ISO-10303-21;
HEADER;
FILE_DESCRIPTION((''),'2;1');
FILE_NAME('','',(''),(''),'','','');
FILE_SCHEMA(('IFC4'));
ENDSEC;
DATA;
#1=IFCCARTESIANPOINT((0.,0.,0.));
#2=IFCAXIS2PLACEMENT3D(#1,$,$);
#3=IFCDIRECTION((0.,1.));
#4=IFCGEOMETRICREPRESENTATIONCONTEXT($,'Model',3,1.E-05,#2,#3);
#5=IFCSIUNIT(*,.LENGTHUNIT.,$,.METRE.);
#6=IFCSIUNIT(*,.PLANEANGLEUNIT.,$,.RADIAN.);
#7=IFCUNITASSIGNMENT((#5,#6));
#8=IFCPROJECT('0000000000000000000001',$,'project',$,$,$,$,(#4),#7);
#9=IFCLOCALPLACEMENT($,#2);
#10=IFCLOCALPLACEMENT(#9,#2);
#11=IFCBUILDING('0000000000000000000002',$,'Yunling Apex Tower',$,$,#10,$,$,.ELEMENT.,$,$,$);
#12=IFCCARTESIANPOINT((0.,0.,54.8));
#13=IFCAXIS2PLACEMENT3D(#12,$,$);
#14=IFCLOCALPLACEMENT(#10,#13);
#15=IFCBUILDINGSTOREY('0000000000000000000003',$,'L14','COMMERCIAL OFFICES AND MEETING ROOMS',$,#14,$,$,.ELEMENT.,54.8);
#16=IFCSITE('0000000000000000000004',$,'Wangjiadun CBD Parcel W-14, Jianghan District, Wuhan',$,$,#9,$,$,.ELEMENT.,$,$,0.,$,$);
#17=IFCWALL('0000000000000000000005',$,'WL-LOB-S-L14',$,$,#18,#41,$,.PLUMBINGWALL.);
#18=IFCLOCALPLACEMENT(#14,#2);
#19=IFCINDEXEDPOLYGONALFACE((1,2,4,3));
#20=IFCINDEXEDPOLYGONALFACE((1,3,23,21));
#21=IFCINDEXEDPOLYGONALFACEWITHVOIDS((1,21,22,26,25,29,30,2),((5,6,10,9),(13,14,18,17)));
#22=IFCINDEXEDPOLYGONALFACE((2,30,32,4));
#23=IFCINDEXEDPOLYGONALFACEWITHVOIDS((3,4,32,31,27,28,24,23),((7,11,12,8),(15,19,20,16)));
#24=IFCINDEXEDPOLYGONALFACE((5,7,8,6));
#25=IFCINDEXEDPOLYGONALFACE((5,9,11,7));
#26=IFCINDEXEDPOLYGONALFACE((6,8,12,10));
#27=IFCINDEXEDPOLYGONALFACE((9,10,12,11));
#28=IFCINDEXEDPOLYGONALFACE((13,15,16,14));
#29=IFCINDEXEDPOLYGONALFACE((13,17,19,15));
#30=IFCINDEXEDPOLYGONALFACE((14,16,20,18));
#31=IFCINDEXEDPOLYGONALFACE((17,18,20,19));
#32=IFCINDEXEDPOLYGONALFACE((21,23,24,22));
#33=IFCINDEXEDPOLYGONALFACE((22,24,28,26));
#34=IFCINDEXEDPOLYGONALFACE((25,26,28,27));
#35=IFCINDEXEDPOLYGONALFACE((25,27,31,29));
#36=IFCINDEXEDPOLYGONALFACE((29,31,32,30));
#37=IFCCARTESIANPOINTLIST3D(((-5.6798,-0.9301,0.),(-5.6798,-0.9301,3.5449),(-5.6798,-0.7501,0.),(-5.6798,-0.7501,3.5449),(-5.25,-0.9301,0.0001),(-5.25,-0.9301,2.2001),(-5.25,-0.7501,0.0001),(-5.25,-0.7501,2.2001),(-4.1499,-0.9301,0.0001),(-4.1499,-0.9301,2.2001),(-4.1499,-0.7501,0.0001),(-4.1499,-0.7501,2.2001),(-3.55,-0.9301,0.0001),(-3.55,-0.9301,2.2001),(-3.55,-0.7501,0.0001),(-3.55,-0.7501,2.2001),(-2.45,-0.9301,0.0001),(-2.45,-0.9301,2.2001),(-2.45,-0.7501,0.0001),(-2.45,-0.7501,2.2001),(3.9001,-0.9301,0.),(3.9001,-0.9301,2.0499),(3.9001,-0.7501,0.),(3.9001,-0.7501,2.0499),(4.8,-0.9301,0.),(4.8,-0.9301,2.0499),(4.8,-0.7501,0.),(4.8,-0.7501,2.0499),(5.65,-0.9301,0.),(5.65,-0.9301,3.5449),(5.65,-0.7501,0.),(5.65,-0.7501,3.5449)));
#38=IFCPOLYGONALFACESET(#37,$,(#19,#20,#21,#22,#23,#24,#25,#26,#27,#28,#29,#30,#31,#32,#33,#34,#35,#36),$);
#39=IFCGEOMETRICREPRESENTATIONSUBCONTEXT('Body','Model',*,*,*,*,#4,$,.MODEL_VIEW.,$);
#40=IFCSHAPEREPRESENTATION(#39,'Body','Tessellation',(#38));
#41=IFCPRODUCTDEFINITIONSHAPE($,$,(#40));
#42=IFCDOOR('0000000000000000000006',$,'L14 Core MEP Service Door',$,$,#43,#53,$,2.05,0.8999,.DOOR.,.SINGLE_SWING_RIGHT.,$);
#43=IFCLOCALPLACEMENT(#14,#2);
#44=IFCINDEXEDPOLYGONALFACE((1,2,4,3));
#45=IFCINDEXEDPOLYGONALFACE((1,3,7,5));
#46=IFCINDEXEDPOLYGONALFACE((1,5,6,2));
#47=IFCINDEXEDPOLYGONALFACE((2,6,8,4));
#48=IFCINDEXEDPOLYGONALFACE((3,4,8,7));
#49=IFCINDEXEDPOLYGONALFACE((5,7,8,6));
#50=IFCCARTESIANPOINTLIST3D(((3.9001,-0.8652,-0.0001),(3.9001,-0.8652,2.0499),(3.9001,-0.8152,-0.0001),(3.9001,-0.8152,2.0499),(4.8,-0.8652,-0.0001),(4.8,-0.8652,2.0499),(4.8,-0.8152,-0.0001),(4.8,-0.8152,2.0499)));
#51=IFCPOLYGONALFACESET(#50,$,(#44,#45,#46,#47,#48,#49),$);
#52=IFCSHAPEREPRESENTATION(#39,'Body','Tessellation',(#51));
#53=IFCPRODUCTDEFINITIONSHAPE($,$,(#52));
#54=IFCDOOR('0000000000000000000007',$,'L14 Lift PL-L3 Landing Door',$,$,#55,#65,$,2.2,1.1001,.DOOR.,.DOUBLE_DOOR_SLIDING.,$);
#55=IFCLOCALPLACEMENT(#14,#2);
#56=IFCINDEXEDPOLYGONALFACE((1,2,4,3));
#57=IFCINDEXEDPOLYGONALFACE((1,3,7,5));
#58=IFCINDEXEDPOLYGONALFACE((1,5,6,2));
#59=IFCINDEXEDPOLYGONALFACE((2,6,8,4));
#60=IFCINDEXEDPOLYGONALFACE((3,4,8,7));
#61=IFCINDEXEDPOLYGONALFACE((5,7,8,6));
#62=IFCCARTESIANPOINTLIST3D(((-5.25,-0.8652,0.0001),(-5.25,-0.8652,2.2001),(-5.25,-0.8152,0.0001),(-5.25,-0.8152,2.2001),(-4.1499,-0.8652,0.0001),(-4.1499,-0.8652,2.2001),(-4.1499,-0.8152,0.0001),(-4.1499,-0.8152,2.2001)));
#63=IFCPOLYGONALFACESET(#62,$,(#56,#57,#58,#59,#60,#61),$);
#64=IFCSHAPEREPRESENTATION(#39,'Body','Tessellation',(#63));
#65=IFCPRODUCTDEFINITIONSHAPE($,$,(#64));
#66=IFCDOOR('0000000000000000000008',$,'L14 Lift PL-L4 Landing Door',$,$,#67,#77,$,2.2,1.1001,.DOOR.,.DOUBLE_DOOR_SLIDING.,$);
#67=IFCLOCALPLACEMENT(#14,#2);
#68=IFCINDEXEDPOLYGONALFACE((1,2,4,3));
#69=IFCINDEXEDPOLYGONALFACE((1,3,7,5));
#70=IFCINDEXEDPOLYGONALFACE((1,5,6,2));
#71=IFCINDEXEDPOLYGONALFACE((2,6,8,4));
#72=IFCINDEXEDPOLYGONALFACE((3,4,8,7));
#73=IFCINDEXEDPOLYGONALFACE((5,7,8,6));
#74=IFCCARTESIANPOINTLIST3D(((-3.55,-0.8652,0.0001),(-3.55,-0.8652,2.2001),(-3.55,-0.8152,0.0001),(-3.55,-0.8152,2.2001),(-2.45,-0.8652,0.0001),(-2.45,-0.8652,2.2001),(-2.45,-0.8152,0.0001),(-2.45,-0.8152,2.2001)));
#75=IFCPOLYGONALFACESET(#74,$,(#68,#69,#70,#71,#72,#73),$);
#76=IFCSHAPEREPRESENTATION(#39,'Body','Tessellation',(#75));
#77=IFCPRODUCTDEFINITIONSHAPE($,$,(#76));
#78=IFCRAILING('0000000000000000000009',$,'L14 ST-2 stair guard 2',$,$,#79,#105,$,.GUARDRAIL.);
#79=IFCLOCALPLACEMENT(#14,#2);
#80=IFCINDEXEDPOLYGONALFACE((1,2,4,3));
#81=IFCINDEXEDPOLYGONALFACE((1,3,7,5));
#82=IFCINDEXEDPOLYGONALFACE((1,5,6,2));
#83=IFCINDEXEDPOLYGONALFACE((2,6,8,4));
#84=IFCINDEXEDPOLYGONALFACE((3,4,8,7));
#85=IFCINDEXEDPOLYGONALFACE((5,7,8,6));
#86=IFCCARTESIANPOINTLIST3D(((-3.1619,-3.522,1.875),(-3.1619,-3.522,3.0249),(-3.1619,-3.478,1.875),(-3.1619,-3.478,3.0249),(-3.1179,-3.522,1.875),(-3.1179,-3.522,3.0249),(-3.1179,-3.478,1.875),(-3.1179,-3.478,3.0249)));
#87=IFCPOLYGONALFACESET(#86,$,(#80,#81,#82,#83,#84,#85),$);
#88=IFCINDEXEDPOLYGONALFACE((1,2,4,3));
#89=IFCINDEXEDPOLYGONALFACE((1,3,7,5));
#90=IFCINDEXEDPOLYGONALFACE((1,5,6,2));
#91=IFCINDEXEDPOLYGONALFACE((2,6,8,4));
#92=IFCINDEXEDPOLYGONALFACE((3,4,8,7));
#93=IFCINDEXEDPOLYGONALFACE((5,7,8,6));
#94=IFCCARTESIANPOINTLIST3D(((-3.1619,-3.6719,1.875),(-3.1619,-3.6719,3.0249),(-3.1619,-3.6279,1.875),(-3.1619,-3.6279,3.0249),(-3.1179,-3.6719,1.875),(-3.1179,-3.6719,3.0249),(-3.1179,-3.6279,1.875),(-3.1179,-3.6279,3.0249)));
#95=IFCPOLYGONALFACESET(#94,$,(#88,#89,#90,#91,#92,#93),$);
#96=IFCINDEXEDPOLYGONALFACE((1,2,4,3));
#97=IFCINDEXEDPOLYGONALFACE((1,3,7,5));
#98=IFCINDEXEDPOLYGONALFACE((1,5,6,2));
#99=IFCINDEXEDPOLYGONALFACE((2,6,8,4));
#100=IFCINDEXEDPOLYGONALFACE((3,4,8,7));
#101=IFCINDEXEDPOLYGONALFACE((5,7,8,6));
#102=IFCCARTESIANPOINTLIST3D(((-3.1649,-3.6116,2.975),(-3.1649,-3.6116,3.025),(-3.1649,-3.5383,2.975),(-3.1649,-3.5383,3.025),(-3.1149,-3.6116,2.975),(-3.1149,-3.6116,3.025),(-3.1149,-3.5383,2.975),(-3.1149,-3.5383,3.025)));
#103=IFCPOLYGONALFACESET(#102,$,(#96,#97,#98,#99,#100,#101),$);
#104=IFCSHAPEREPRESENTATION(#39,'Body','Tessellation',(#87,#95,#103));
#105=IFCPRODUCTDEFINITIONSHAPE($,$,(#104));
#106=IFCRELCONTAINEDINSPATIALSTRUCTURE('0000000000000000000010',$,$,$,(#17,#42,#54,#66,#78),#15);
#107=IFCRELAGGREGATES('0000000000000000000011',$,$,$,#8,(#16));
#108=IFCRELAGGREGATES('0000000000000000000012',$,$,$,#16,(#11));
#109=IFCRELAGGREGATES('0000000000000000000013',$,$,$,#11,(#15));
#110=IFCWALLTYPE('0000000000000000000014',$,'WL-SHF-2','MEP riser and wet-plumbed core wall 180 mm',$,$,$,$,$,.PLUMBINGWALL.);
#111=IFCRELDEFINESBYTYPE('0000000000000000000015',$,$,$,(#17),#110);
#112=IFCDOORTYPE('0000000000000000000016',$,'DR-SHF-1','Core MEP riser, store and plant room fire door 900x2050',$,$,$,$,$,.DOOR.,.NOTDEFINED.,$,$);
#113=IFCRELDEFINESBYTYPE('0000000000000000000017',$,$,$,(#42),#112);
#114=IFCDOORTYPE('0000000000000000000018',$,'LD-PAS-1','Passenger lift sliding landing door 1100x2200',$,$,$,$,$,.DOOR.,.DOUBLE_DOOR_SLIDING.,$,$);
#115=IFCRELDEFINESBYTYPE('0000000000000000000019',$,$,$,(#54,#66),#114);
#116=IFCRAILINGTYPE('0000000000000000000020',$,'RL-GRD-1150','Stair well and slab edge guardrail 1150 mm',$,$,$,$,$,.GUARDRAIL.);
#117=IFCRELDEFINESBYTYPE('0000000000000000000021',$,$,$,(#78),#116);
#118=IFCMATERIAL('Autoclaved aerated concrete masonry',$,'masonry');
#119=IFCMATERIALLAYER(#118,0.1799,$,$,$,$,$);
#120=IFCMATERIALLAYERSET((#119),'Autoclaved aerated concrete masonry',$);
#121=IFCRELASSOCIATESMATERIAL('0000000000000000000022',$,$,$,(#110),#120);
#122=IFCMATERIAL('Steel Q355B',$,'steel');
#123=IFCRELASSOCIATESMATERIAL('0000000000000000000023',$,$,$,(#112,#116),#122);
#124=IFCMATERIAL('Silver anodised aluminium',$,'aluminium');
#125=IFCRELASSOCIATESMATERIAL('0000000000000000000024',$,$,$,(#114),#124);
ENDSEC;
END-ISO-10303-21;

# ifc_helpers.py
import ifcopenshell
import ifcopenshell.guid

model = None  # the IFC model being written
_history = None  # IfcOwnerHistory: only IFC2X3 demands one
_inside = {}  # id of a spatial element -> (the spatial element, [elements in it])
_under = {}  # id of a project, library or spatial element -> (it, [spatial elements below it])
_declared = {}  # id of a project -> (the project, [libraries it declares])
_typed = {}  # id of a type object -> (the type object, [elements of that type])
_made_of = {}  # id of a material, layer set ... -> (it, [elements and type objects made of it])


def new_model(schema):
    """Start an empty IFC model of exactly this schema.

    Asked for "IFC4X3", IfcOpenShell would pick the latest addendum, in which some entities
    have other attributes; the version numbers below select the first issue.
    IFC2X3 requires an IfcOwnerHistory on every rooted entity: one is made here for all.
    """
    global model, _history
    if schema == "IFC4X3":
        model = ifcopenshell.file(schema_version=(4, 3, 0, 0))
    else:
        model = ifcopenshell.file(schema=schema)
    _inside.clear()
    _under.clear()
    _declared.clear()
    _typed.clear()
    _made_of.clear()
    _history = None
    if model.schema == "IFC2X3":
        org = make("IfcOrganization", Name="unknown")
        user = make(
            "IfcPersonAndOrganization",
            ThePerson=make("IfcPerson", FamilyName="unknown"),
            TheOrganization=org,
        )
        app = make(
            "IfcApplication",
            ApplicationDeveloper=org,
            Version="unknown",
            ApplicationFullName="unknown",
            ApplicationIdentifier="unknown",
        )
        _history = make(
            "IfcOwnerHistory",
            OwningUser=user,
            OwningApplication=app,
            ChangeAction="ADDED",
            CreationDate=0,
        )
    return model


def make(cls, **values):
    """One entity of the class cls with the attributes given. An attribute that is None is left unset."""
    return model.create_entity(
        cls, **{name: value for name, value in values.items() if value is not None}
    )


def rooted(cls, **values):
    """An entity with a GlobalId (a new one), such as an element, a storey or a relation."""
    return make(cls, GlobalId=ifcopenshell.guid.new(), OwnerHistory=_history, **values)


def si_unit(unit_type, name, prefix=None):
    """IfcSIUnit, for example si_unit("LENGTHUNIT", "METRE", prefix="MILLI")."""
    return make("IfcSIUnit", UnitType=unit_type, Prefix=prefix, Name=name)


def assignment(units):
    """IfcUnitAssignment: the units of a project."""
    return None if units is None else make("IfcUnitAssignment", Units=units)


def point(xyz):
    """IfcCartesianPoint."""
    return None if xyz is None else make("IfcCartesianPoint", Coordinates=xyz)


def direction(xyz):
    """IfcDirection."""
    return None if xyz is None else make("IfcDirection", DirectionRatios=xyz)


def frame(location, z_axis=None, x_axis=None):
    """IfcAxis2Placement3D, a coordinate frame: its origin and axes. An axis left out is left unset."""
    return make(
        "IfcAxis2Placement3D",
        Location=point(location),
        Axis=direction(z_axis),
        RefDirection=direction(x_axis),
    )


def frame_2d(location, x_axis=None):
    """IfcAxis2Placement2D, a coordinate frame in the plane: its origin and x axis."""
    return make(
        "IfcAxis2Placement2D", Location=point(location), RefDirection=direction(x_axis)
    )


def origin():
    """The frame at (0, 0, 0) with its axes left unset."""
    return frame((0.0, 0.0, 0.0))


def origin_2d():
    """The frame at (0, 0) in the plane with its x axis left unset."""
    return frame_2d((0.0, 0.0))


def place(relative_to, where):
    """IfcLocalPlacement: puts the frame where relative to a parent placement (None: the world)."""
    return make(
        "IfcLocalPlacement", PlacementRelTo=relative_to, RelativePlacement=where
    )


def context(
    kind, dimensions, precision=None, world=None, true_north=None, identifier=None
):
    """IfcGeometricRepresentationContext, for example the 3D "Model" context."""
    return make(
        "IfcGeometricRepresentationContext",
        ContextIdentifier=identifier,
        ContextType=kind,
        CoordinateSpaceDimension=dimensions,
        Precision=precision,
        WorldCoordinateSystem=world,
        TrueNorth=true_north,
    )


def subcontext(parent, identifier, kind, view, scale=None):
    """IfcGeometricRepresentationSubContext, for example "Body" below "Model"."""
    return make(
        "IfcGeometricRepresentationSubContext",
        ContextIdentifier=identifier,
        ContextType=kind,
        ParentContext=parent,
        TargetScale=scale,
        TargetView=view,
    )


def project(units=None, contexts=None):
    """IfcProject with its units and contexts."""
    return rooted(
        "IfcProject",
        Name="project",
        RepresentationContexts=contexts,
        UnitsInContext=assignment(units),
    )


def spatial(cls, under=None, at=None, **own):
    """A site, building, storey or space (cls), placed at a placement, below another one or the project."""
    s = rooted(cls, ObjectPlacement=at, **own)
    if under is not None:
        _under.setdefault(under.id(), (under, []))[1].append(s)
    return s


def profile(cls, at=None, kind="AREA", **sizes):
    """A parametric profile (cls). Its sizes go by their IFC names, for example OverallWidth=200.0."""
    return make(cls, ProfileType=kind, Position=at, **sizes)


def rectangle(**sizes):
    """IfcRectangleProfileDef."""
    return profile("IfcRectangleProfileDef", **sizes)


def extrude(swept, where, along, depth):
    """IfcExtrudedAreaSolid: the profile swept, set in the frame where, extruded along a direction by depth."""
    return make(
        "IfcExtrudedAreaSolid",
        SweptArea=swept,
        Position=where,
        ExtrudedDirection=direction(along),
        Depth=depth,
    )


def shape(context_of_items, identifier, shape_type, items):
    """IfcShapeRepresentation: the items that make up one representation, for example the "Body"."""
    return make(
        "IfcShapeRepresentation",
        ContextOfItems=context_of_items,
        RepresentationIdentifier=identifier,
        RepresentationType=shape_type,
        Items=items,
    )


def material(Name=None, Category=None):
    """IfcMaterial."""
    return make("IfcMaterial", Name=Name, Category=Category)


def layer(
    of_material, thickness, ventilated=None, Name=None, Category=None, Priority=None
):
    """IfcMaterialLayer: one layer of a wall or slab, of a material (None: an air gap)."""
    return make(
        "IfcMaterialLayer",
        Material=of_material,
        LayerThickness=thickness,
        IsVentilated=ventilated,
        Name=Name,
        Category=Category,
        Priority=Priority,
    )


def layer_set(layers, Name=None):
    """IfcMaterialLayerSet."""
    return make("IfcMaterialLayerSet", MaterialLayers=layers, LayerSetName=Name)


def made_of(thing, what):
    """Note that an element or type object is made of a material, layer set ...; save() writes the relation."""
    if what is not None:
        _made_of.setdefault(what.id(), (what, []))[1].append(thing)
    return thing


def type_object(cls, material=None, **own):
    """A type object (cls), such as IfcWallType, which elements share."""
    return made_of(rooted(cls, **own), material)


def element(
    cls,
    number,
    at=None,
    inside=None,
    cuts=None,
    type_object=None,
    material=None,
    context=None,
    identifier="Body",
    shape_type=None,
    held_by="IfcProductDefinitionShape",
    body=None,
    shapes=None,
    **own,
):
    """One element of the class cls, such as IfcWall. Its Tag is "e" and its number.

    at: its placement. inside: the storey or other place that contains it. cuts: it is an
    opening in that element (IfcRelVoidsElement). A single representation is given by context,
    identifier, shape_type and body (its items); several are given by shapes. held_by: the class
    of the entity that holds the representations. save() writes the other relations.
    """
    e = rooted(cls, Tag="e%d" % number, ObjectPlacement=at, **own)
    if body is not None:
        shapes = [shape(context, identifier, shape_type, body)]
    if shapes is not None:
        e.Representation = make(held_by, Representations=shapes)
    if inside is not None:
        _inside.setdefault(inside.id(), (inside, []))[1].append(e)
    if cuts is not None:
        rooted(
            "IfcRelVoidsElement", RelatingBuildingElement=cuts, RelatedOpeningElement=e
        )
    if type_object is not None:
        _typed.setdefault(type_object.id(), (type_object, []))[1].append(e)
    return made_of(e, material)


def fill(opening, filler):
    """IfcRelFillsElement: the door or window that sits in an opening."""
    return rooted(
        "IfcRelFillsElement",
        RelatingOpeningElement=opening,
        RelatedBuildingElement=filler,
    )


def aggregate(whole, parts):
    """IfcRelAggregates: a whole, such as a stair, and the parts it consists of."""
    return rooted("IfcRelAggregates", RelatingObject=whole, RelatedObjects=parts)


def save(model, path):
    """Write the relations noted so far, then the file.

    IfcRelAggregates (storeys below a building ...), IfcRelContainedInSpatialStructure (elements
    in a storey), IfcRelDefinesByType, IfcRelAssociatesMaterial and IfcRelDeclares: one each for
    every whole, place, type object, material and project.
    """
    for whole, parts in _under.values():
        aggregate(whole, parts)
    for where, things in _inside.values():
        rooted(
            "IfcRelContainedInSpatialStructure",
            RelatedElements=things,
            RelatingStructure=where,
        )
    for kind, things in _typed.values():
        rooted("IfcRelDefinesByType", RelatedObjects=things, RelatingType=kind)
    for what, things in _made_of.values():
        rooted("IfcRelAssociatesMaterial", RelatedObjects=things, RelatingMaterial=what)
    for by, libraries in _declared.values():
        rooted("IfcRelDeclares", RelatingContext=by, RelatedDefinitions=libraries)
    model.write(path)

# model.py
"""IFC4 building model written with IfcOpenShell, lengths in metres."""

from ifc_helpers import new_model, si_unit, direction, frame, frame_2d, origin, origin_2d, place, context, subcontext, project, spatial, rectangle, extrude, material, layer, layer_set, type_object, element, fill, save


model = new_model("IFC4")

# Units and contexts
model_context = context("Model", 3, precision=1e-05, world=origin(), true_north=direction((0.0, 1.0)))
body_context = subcontext(model_context, "Body", "Model", "MODEL_VIEW")
ifc_project = project(units=[si_unit("LENGTHUNIT", "METRE"), si_unit("PLANEANGLEUNIT", "RADIAN")], contexts=[model_context])

# Site, building, storey
site_placement = place(None, origin())
site = spatial("IfcSite", under=ifc_project, at=site_placement, Name="Wangjiadun CBD Parcel W-14, Jianghan District, Wuhan", CompositionType="ELEMENT", RefElevation=0.0)
building_placement = place(site_placement, origin())
building = spatial("IfcBuilding", under=site, at=building_placement, Name="Yunling Apex Tower", CompositionType="ELEMENT")
storey_placement = place(building_placement, frame((0.0, 0.0, 54.8)))
storey = spatial("IfcBuildingStorey", under=building, at=storey_placement, Name="L14", Description="COMMERCIAL OFFICES AND MEETING ROOMS", CompositionType="ELEMENT", Elevation=54.8)

# Shared definitions
ifc_material_1 = material(Name="Steel Q355B", Category="steel")

# Shared definitions
ifc_material_2 = material(Name="Autoclaved aerated concrete masonry", Category="masonry")

# Shared definitions
ifc_layer_1 = layer(ifc_material_2, 0.1799)
ifc_layer_set_1 = layer_set([ifc_layer_1], Name="Autoclaved aerated concrete masonry")
wall_type_1 = type_object("IfcWallType", Name="WL-SHF-2", Description="MEP riser and wet-plumbed core wall 180 mm", PredefinedType="PLUMBINGWALL", material=ifc_layer_set_1)

# Wall, openings, doors
door_type_1 = type_object("IfcDoorType", Name="DR-SHF-1", Description="Core MEP riser, store and plant room fire door 900x2050", OperationType="NOTDEFINED", PredefinedType="DOOR", material=ifc_material_1)
ifc_material_3 = material(Name="Silver anodised aluminium", Category="aluminium")
door_type_2 = type_object("IfcDoorType", Name="LD-PAS-1", Description="Passenger lift sliding landing door 1100x2200", OperationType="DOUBLE_DOOR_SLIDING", PredefinedType="DOOR", material=ifc_material_3)
wall_1_placement = place(storey_placement, frame((-5.6799, -0.8401, 0.0), z_axis=(0.0, 0.0, 1.0), x_axis=(1.0, 0.0, 0.0)))
wall_1 = element("IfcWall", 1, at=wall_1_placement, inside=storey, type_object=wall_type_1, Name="WL-LOB-S-L14", PredefinedType="PLUMBINGWALL", context=body_context, shape_type="SweptSolid", body=[
    extrude(rectangle(XDim=11.3298, YDim=0.1799, at=frame_2d((5.665, 0.0))), origin(), (0.0, 0.0, 1.0), 3.5449),
])
opening_1_placement = place(wall_1_placement, frame((0.4299, 0.0, 0.0)))
opening_1 = element("IfcOpeningElement", 2, at=opening_1_placement, cuts=wall_1, PredefinedType="OPENING", context=body_context, shape_type="SweptSolid", body=[
    extrude(rectangle(XDim=1.1001, YDim=2.2, at=frame_2d((0.55, 1.1001))), frame((0.0, 0.1001, 0.0), z_axis=(0.0, -1.0, 0.0), x_axis=(1.0, 0.0, 0.0)), (0.0, 0.0, 1.0), 0.2),
])
opening_2_placement = place(wall_1_placement, frame((2.1299, 0.0, 0.0)))
opening_2 = element("IfcOpeningElement", 3, at=opening_2_placement, cuts=wall_1, PredefinedType="OPENING", context=body_context, shape_type="SweptSolid", body=[
    extrude(rectangle(XDim=1.1001, YDim=2.2, at=frame_2d((0.55, 1.1001))), frame((0.0, 0.1001, 0.0), z_axis=(0.0, -1.0, 0.0), x_axis=(1.0, 0.0, 0.0)), (0.0, 0.0, 1.0), 0.2),
])
opening_3_placement = place(wall_1_placement, frame((9.5801, 0.0, 0.0)))
opening_3 = element("IfcOpeningElement", 4, at=opening_3_placement, cuts=wall_1, PredefinedType="OPENING", context=body_context, shape_type="SweptSolid", body=[
    extrude(rectangle(XDim=0.8999, YDim=2.05, at=frame_2d((0.45, 1.0249))), frame((0.0, 0.1001, 0.0), z_axis=(0.0, -1.0, 0.0), x_axis=(1.0, 0.0, 0.0)), (0.0, 0.0, 1.0), 0.2),
])
door_1_placement = place(opening_3_placement, origin())
door_1 = element("IfcDoor", 5, at=door_1_placement, inside=storey, type_object=door_type_1, Name="L14 Core MEP Service Door", OperationType="SINGLE_SWING_RIGHT", OverallHeight=2.05, OverallWidth=0.8999, PredefinedType="DOOR", context=body_context, shape_type="SweptSolid", body=[
    extrude(rectangle(XDim=0.8999, YDim=2.05, at=frame_2d((0.45, 1.0249))), frame((0.0, 0.0249, 0.0), z_axis=(0.0, -1.0, 0.0), x_axis=(1.0, 0.0, 0.0)), (0.0, 0.0, 1.0), 0.05),
])
fill(opening_3, door_1)
door_2_placement = place(opening_1_placement, origin())
door_2 = element("IfcDoor", 6, at=door_2_placement, inside=storey, type_object=door_type_2, Name="L14 Lift PL-L3 Landing Door", OperationType="DOUBLE_DOOR_SLIDING", OverallHeight=2.2, OverallWidth=1.1001, PredefinedType="DOOR", context=body_context, shape_type="SweptSolid", body=[
    extrude(rectangle(XDim=1.1001, YDim=2.2, at=frame_2d((0.55, 1.1001))), frame((0.0, 0.0249, 0.0), z_axis=(0.0, -1.0, 0.0), x_axis=(1.0, 0.0, 0.0)), (0.0, 0.0, 1.0), 0.05),
])
fill(opening_1, door_2)
door_3_placement = place(opening_2_placement, origin())
door_3 = element("IfcDoor", 7, at=door_3_placement, inside=storey, type_object=door_type_2, Name="L14 Lift PL-L4 Landing Door", OperationType="DOUBLE_DOOR_SLIDING", OverallHeight=2.2, OverallWidth=1.1001, PredefinedType="DOOR", context=body_context, shape_type="SweptSolid", body=[
    extrude(rectangle(XDim=1.1001, YDim=2.2, at=frame_2d((0.55, 1.1001))), frame((0.0, 0.0249, 0.0), z_axis=(0.0, -1.0, 0.0), x_axis=(1.0, 0.0, 0.0)), (0.0, 0.0, 1.0), 0.05),
])
fill(opening_2, door_3)

# Railing
railing_type = type_object("IfcRailingType", Name="RL-GRD-1150", Description="Stair well and slab edge guardrail 1150 mm", PredefinedType="GUARDRAIL", material=ifc_material_1)
railing_placement = place(storey_placement, frame((-3.1399, -3.5, 1.875)))
element("IfcRailing", 8, at=railing_placement, inside=storey, type_object=railing_type, Name="L14 ST-2 stair guard 2", PredefinedType="GUARDRAIL", context=body_context, shape_type="SweptSolid", body=[
    extrude(rectangle(XDim=0.0439, YDim=0.0439, at=origin_2d()), origin(), (0.0, 0.0, 1.0), 1.1499),
    extrude(rectangle(XDim=0.0439, YDim=0.0439, at=origin_2d()), frame((0.0, -0.1499, 0.0)), (0.0, 0.0, 1.0), 1.1499),
    extrude(rectangle(XDim=0.05, YDim=0.05, at=origin_2d()), frame((0.0, -0.0383, 1.125), z_axis=(0.0, -1.0, 0.0), x_axis=(1.0, 0.0, 0.0)), (0.0, 0.0, 1.0), 0.0732),
])

save(model, "model.ifc")
